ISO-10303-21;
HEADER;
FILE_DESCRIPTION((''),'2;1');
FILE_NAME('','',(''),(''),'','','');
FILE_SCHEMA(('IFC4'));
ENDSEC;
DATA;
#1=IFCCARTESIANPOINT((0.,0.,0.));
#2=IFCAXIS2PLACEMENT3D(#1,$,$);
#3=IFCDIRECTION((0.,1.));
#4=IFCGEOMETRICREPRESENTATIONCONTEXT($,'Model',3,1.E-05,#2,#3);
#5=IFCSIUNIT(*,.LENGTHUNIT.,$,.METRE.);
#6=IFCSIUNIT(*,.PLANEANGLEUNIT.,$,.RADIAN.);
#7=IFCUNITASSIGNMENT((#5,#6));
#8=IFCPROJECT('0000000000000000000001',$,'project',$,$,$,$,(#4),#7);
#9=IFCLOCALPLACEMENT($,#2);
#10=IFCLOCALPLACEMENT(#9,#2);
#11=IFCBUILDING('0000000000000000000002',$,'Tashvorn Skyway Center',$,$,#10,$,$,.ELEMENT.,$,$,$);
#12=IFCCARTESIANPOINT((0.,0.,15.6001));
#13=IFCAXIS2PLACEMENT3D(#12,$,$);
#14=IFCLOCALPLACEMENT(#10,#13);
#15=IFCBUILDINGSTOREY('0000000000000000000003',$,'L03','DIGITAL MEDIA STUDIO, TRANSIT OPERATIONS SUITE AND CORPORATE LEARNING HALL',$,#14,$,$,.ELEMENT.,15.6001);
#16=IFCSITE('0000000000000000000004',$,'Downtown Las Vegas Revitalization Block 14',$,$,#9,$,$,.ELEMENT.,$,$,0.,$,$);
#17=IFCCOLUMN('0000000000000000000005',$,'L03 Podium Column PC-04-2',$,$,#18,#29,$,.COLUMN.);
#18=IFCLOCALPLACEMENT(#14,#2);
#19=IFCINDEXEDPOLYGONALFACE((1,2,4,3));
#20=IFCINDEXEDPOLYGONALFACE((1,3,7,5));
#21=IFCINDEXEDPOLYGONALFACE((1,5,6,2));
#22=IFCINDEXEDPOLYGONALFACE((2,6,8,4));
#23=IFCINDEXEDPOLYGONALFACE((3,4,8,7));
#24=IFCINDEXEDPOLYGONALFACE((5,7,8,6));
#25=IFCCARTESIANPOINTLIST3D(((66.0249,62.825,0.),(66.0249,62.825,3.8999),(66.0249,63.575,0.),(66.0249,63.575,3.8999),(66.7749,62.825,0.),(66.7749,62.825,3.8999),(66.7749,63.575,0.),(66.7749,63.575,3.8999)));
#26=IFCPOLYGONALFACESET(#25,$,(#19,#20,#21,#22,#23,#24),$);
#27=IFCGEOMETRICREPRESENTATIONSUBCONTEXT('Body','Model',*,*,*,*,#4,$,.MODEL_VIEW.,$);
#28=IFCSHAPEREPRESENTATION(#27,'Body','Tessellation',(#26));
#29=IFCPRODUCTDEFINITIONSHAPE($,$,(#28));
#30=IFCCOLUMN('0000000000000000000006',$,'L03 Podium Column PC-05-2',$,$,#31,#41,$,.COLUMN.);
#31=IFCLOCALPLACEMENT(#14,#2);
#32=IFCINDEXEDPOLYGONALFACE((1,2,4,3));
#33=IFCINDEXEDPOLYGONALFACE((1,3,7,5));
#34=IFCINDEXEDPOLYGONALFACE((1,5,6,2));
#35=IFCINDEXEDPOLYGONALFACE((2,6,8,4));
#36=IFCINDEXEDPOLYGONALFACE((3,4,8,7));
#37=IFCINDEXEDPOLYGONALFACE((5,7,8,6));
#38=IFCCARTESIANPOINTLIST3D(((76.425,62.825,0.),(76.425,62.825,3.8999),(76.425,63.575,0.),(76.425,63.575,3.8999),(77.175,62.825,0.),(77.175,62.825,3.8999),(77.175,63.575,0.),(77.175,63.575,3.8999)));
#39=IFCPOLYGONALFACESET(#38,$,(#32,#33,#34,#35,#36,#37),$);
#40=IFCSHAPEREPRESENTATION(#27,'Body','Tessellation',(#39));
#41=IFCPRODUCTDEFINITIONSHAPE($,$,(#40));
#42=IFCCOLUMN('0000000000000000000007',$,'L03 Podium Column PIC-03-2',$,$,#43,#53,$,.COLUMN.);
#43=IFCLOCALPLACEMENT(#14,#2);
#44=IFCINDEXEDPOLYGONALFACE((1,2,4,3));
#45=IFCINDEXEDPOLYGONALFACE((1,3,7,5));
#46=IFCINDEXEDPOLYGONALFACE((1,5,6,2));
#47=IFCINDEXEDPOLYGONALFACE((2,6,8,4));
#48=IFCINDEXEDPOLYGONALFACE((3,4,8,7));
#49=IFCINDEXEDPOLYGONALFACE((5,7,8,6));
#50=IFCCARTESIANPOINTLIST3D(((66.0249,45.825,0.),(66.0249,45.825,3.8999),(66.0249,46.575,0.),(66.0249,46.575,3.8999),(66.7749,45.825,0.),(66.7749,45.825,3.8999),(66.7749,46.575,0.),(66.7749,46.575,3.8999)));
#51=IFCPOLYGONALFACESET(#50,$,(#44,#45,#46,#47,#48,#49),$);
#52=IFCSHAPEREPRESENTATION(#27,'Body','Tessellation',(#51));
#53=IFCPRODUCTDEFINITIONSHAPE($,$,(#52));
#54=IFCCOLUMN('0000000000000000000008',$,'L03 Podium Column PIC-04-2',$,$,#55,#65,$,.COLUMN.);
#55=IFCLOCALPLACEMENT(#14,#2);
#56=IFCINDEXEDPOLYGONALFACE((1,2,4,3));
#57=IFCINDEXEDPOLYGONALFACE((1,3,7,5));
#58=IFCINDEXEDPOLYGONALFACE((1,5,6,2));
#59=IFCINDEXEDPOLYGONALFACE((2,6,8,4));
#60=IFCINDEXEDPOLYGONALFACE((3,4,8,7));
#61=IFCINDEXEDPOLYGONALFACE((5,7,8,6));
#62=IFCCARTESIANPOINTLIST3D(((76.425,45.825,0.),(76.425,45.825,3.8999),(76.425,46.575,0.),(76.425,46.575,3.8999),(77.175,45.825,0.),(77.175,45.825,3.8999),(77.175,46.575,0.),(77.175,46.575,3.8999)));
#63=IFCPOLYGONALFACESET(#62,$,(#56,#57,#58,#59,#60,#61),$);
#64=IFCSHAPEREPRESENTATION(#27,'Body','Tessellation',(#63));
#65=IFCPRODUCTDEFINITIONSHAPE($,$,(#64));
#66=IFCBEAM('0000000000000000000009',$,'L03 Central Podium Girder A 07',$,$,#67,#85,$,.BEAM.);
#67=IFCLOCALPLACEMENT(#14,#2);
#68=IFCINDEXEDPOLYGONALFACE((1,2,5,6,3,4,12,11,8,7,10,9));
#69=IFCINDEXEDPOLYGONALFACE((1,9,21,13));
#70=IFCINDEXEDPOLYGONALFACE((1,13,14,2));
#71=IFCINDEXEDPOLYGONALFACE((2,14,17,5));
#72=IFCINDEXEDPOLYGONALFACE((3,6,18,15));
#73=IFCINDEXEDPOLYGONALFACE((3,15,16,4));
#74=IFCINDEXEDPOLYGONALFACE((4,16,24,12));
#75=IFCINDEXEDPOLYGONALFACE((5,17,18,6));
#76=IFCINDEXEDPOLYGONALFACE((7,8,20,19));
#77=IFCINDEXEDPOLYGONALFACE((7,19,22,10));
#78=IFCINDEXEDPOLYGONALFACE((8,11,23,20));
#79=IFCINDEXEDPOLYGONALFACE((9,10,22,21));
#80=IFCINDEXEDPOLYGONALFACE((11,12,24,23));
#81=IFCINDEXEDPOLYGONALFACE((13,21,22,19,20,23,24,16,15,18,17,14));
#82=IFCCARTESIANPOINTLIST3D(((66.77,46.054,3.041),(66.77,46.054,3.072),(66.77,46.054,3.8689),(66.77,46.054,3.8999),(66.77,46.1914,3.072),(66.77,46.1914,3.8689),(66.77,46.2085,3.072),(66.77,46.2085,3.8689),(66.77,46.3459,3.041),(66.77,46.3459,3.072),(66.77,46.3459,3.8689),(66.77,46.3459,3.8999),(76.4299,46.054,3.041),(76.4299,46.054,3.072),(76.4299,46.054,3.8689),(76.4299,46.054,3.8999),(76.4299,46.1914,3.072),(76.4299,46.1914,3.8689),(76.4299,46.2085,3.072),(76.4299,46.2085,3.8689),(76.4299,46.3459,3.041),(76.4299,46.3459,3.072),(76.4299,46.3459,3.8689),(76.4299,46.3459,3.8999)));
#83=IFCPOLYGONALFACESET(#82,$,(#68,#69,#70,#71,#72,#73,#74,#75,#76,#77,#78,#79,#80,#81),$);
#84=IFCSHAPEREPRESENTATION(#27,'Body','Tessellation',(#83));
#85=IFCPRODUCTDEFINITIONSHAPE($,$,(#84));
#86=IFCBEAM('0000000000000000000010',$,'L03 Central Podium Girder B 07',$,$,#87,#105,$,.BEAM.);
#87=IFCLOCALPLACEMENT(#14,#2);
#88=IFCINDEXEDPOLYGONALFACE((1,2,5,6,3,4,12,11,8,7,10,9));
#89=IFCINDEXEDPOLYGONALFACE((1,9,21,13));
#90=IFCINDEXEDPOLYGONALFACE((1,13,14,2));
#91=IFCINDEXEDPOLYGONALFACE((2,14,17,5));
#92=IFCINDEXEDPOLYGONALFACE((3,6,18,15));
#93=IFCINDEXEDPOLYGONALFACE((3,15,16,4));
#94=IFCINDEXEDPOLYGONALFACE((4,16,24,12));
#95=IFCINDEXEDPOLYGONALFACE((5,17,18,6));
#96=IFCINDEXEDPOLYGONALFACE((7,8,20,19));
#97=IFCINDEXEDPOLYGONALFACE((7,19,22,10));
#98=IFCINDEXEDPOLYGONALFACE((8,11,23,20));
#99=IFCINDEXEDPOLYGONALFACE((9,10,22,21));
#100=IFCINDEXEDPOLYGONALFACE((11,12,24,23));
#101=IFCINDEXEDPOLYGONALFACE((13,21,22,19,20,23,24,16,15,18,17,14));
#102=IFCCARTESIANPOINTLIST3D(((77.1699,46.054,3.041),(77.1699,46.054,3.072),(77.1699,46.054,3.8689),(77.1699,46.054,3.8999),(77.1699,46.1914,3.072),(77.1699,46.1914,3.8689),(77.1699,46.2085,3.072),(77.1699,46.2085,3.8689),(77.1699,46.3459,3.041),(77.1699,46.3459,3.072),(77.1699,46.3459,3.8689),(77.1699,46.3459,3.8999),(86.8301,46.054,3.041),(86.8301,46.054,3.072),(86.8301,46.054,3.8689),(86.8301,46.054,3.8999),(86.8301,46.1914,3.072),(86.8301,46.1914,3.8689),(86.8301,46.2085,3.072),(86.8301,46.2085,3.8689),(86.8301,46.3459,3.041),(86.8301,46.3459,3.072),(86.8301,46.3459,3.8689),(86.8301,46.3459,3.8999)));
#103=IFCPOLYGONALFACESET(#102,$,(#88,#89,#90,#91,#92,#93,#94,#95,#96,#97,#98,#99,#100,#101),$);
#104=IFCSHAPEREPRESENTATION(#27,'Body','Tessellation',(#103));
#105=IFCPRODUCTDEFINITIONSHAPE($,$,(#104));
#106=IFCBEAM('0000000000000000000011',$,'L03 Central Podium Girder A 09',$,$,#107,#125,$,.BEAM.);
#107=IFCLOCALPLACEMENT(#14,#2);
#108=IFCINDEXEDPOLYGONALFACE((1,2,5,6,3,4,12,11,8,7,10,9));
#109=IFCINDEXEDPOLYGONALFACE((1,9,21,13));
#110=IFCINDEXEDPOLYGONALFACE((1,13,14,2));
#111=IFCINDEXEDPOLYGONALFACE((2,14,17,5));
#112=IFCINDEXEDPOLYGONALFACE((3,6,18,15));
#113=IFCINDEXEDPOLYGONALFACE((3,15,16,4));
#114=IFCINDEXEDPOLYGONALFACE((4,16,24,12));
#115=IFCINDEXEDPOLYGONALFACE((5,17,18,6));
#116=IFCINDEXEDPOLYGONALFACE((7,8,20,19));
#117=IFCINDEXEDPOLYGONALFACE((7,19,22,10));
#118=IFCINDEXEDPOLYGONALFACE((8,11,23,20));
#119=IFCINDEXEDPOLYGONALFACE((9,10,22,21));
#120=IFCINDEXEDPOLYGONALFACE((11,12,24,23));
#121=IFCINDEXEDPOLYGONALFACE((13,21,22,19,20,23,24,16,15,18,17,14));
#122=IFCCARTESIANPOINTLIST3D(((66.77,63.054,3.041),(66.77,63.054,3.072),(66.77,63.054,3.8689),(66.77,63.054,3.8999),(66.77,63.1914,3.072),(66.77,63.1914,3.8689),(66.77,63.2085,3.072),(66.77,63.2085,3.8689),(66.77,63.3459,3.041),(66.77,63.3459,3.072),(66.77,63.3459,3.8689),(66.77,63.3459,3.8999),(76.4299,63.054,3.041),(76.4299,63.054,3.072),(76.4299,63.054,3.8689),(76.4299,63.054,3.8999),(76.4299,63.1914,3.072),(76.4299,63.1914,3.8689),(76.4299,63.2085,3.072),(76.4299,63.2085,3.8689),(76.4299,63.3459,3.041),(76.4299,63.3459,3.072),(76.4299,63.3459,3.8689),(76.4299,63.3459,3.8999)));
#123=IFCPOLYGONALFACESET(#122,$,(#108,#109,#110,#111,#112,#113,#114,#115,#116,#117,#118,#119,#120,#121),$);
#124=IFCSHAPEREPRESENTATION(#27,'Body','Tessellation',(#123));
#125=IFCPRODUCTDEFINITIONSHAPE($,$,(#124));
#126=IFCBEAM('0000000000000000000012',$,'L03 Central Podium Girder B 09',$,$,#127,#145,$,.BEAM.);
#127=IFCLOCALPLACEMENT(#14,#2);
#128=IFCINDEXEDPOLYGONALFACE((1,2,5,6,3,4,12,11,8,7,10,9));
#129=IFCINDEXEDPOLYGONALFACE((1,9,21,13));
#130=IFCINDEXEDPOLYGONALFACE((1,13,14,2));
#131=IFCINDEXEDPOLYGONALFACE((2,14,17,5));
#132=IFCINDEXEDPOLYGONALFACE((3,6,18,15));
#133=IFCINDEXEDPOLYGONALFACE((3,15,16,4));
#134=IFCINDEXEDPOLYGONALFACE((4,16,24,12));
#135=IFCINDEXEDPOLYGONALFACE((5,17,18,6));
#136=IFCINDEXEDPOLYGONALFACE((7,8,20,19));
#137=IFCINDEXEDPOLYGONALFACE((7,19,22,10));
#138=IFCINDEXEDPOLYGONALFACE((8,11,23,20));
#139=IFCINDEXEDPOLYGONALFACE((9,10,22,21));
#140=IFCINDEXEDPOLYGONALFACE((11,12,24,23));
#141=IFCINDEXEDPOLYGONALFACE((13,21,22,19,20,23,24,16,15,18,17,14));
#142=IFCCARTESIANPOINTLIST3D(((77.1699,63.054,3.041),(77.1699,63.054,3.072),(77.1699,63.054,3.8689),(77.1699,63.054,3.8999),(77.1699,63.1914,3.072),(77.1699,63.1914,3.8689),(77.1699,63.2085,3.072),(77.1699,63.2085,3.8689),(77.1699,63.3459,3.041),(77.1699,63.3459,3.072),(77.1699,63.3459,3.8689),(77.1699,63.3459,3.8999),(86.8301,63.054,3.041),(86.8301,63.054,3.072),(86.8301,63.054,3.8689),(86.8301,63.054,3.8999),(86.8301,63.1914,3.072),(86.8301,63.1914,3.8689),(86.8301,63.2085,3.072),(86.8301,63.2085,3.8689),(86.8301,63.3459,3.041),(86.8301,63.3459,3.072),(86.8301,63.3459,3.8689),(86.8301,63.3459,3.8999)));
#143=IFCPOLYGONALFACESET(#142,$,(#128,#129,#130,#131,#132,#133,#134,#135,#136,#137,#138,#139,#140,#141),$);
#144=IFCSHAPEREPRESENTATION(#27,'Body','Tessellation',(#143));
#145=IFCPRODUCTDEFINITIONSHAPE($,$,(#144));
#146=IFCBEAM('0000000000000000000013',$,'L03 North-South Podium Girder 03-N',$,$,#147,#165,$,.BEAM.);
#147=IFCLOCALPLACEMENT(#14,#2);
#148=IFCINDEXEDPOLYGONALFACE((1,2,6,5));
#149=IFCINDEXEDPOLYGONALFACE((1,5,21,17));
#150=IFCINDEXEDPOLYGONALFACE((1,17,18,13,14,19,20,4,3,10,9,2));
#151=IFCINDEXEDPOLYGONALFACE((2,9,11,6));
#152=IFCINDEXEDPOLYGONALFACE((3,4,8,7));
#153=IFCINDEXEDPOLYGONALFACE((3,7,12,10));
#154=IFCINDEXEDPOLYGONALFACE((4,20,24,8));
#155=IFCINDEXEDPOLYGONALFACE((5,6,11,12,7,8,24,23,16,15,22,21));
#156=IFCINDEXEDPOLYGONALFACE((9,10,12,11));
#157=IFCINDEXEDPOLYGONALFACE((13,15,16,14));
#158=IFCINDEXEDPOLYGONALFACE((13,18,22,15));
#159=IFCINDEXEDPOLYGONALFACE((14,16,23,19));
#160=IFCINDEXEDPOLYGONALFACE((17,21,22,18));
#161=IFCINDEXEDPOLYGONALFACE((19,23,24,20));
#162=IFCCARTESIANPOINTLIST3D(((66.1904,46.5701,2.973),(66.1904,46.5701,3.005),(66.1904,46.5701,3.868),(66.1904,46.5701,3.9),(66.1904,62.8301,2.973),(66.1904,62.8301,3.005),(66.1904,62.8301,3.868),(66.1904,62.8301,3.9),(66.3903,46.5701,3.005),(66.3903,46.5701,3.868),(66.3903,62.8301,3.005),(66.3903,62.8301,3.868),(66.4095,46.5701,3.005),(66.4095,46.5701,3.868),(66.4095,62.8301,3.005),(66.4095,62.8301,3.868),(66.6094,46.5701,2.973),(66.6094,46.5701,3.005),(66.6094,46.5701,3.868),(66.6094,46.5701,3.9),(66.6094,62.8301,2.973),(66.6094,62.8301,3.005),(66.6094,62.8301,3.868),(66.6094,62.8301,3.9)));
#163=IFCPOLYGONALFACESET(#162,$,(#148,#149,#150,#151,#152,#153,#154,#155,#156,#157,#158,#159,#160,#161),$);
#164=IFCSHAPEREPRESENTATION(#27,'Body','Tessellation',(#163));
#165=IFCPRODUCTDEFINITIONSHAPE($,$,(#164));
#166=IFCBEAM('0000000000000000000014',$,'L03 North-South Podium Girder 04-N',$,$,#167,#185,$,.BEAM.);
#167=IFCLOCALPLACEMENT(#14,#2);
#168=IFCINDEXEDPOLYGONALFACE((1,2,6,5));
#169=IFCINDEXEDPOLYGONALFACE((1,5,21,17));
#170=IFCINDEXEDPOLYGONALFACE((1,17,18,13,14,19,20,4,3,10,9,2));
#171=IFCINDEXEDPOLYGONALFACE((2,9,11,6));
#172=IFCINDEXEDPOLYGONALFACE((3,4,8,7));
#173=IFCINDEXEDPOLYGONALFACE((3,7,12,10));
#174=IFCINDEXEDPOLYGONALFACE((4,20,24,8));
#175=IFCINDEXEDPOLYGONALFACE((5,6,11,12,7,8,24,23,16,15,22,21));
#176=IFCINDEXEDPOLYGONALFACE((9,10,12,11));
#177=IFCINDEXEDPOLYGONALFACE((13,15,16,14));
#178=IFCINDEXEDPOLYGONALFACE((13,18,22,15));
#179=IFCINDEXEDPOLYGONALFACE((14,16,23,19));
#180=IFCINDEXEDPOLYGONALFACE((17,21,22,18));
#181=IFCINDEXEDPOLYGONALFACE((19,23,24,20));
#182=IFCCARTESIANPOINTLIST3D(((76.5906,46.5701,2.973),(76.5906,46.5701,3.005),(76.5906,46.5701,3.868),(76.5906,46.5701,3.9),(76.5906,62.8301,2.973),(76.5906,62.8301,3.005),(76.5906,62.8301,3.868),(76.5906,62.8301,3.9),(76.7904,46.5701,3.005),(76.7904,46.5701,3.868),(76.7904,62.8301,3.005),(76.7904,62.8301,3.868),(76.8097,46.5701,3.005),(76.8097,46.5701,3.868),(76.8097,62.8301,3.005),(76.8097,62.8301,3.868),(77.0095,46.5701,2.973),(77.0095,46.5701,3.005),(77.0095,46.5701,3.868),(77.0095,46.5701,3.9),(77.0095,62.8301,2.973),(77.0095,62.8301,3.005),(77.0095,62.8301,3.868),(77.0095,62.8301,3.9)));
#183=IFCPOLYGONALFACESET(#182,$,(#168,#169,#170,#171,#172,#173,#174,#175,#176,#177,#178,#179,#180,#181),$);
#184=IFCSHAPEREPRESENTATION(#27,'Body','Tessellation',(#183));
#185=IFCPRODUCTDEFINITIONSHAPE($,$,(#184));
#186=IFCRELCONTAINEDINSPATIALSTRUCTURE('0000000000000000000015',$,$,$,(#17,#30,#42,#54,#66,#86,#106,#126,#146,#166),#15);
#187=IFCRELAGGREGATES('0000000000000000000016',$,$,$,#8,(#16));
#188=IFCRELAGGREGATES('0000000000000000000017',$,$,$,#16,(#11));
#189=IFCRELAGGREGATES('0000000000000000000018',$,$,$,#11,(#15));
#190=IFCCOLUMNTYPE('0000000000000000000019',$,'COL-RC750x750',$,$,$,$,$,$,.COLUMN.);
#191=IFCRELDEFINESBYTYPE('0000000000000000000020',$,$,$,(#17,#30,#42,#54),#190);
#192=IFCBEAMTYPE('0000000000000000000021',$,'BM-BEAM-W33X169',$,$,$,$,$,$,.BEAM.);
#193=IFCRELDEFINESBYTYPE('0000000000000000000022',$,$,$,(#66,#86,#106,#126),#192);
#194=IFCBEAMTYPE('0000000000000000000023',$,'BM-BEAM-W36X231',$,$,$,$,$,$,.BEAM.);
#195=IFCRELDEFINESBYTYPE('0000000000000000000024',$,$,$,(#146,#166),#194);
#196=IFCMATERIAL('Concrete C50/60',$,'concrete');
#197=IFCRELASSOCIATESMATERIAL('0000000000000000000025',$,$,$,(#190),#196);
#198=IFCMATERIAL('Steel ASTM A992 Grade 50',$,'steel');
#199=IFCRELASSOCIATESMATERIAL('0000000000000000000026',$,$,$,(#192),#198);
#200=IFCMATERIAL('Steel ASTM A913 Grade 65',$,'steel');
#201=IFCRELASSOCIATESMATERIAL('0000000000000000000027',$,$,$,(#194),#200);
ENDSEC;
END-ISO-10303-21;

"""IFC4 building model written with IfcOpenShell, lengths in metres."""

from ifc_helpers import new_model, si_unit, direction, frame, origin, origin_2d, place, context, subcontext, project, spatial, rectangle, i_section, extrude, material, material_profile, profile_set, type_object, element, save


model = new_model("IFC4")

# Units and contexts
model_context = context("Model", 3, precision=1e-05, world=origin(), true_north=direction((0.0, 1.0)))
body_context = subcontext(model_context, "Body", "Model", "MODEL_VIEW")
ifc_project = project(units=[si_unit("LENGTHUNIT", "METRE"), si_unit("PLANEANGLEUNIT", "RADIAN")], contexts=[model_context])

# Site, building, storey
site_placement = place(None, origin())
site = spatial("IfcSite", under=ifc_project, at=site_placement, Name="Downtown Las Vegas Revitalization Block 14", CompositionType="ELEMENT", RefElevation=0.0)
building_placement = place(site_placement, origin())
building = spatial("IfcBuilding", under=site, at=building_placement, Name="Tashvorn Skyway Center", CompositionType="ELEMENT")
storey_placement = place(building_placement, frame((0.0, 0.0, 15.6001)))
storey = spatial("IfcBuildingStorey", under=building, at=storey_placement, Name="L03", Description="DIGITAL MEDIA STUDIO, TRANSIT OPERATIONS SUITE AND CORPORATE LEARNING HALL", CompositionType="ELEMENT", Elevation=15.6001)

# Columns
ifc_material_1 = material(Name="Concrete C50/60", Category="concrete")
ifc_material_profile_1 = material_profile(ifc_material_1, rectangle(XDim=0.75, YDim=0.75, at=origin_2d()), Name="RC750x750")
ifc_profile_set_1 = profile_set([ifc_material_profile_1], Name="Concrete C50/60")
column_type = type_object("IfcColumnType", Name="COL-RC750x750", PredefinedType="COLUMN", material=ifc_profile_set_1)
for number, where, z_axis, x_axis, name in (
    (1, (66.3999, 63.2, 0.0), (0.0, 0.0, 1.0), (1.0, 0.0, 0.0), "L03 Podium Column PC-04-2"),
    (2, (76.8, 63.2, 0.0), (0.0, 0.0, 1.0), (1.0, 0.0, 0.0), "L03 Podium Column PC-05-2"),
    (3, (66.3999, 46.2, 0.0), (0.0, 0.0, 1.0), (1.0, 0.0, 0.0), "L03 Podium Column PIC-03-2"),
    (4, (76.8, 46.2, 0.0), (0.0, 0.0, 1.0), (1.0, 0.0, 0.0), "L03 Podium Column PIC-04-2"),
):
    element("IfcColumn", number, at=place(storey_placement, frame(where, z_axis=z_axis, x_axis=x_axis)), inside=storey, type_object=column_type, Name=name, PredefinedType="COLUMN", context=body_context, shape_type="SweptSolid", body=[
        extrude(rectangle(XDim=0.75, YDim=0.75, at=origin_2d()), origin(), (0.0, 0.0, 1.0), 3.8999),
    ])

# Beams
ifc_material_2 = material(Name="Steel ASTM A992 Grade 50", Category="steel")
ifc_material_profile_2 = material_profile(ifc_material_2, i_section(OverallWidth=0.292, OverallDepth=0.8589, WebThickness=0.0171, FlangeThickness=0.031, at=origin_2d()), Name="W33X169")
ifc_profile_set_2 = profile_set([ifc_material_profile_2], Name="Steel ASTM A992 Grade 50")
beam_type_1 = type_object("IfcBeamType", Name="BM-BEAM-W33X169", PredefinedType="BEAM", material=ifc_profile_set_2)
beam_1_placement = place(storey_placement, frame((66.77, 46.2, 3.4705), z_axis=(1.0, 0.0, 0.0), x_axis=(0.0, 1.0, 0.0)))
element("IfcBeam", 5, at=beam_1_placement, inside=storey, type_object=beam_type_1, Name="L03 Central Podium Girder A 07", PredefinedType="BEAM", context=body_context, shape_type="SweptSolid", body=[
    extrude(i_section(OverallWidth=0.292, OverallDepth=0.8589, WebThickness=0.0171, FlangeThickness=0.031, at=origin_2d()), origin(), (0.0, 0.0, 1.0), 9.6599),
])
beam_2_placement = place(storey_placement, frame((77.1699, 46.2, 3.4705), z_axis=(1.0, 0.0, 0.0), x_axis=(0.0, 1.0, 0.0)))
element("IfcBeam", 6, at=beam_2_placement, inside=storey, type_object=beam_type_1, Name="L03 Central Podium Girder B 07", PredefinedType="BEAM", context=body_context, shape_type="SweptSolid", body=[
    extrude(i_section(OverallWidth=0.292, OverallDepth=0.8589, WebThickness=0.0171, FlangeThickness=0.031, at=origin_2d()), origin(), (0.0, 0.0, 1.0), 9.6602),
])
beam_3_placement = place(storey_placement, frame((66.77, 63.2, 3.4705), z_axis=(1.0, 0.0, 0.0), x_axis=(0.0, 1.0, 0.0)))
element("IfcBeam", 7, at=beam_3_placement, inside=storey, type_object=beam_type_1, Name="L03 Central Podium Girder A 09", PredefinedType="BEAM", context=body_context, shape_type="SweptSolid", body=[
    extrude(i_section(OverallWidth=0.292, OverallDepth=0.8589, WebThickness=0.0171, FlangeThickness=0.031, at=origin_2d()), origin(), (0.0, 0.0, 1.0), 9.6599),
])
beam_4_placement = place(storey_placement, frame((77.1699, 63.2, 3.4705), z_axis=(1.0, 0.0, 0.0), x_axis=(0.0, 1.0, 0.0)))
element("IfcBeam", 8, at=beam_4_placement, inside=storey, type_object=beam_type_1, Name="L03 Central Podium Girder B 09", PredefinedType="BEAM", context=body_context, shape_type="SweptSolid", body=[
    extrude(i_section(OverallWidth=0.292, OverallDepth=0.8589, WebThickness=0.0171, FlangeThickness=0.031, at=origin_2d()), origin(), (0.0, 0.0, 1.0), 9.6602),
])
ifc_material_3 = material(Name="Steel ASTM A913 Grade 65", Category="steel")
ifc_material_profile_3 = material_profile(ifc_material_3, i_section(OverallWidth=0.4189, OverallDepth=0.927, WebThickness=0.0193, FlangeThickness=0.032, at=origin_2d()), Name="W36X231")
ifc_profile_set_3 = profile_set([ifc_material_profile_3], Name="Steel ASTM A913 Grade 65")
beam_type_2 = type_object("IfcBeamType", Name="BM-BEAM-W36X231", PredefinedType="BEAM", material=ifc_profile_set_3)
for number, where, z_axis, x_axis, name in (
    (9, (66.3999, 46.5701, 3.4365), (0.0, 1.0, 0.0), (-1.0, 0.0, 0.0), "L03 North-South Podium Girder 03-N"),
    (10, (76.8, 46.5701, 3.4365), (0.0, 1.0, 0.0), (-1.0, 0.0, 0.0), "L03 North-South Podium Girder 04-N"),
):
    element("IfcBeam", number, at=place(storey_placement, frame(where, z_axis=z_axis, x_axis=x_axis)), inside=storey, type_object=beam_type_2, Name=name, PredefinedType="BEAM", context=body_context, shape_type="SweptSolid", body=[
        extrude(i_section(OverallWidth=0.4189, OverallDepth=0.927, WebThickness=0.0193, FlangeThickness=0.032, at=origin_2d()), origin(), (0.0, 0.0, 1.0), 16.26),
    ])

save(model, "model.ifc")
